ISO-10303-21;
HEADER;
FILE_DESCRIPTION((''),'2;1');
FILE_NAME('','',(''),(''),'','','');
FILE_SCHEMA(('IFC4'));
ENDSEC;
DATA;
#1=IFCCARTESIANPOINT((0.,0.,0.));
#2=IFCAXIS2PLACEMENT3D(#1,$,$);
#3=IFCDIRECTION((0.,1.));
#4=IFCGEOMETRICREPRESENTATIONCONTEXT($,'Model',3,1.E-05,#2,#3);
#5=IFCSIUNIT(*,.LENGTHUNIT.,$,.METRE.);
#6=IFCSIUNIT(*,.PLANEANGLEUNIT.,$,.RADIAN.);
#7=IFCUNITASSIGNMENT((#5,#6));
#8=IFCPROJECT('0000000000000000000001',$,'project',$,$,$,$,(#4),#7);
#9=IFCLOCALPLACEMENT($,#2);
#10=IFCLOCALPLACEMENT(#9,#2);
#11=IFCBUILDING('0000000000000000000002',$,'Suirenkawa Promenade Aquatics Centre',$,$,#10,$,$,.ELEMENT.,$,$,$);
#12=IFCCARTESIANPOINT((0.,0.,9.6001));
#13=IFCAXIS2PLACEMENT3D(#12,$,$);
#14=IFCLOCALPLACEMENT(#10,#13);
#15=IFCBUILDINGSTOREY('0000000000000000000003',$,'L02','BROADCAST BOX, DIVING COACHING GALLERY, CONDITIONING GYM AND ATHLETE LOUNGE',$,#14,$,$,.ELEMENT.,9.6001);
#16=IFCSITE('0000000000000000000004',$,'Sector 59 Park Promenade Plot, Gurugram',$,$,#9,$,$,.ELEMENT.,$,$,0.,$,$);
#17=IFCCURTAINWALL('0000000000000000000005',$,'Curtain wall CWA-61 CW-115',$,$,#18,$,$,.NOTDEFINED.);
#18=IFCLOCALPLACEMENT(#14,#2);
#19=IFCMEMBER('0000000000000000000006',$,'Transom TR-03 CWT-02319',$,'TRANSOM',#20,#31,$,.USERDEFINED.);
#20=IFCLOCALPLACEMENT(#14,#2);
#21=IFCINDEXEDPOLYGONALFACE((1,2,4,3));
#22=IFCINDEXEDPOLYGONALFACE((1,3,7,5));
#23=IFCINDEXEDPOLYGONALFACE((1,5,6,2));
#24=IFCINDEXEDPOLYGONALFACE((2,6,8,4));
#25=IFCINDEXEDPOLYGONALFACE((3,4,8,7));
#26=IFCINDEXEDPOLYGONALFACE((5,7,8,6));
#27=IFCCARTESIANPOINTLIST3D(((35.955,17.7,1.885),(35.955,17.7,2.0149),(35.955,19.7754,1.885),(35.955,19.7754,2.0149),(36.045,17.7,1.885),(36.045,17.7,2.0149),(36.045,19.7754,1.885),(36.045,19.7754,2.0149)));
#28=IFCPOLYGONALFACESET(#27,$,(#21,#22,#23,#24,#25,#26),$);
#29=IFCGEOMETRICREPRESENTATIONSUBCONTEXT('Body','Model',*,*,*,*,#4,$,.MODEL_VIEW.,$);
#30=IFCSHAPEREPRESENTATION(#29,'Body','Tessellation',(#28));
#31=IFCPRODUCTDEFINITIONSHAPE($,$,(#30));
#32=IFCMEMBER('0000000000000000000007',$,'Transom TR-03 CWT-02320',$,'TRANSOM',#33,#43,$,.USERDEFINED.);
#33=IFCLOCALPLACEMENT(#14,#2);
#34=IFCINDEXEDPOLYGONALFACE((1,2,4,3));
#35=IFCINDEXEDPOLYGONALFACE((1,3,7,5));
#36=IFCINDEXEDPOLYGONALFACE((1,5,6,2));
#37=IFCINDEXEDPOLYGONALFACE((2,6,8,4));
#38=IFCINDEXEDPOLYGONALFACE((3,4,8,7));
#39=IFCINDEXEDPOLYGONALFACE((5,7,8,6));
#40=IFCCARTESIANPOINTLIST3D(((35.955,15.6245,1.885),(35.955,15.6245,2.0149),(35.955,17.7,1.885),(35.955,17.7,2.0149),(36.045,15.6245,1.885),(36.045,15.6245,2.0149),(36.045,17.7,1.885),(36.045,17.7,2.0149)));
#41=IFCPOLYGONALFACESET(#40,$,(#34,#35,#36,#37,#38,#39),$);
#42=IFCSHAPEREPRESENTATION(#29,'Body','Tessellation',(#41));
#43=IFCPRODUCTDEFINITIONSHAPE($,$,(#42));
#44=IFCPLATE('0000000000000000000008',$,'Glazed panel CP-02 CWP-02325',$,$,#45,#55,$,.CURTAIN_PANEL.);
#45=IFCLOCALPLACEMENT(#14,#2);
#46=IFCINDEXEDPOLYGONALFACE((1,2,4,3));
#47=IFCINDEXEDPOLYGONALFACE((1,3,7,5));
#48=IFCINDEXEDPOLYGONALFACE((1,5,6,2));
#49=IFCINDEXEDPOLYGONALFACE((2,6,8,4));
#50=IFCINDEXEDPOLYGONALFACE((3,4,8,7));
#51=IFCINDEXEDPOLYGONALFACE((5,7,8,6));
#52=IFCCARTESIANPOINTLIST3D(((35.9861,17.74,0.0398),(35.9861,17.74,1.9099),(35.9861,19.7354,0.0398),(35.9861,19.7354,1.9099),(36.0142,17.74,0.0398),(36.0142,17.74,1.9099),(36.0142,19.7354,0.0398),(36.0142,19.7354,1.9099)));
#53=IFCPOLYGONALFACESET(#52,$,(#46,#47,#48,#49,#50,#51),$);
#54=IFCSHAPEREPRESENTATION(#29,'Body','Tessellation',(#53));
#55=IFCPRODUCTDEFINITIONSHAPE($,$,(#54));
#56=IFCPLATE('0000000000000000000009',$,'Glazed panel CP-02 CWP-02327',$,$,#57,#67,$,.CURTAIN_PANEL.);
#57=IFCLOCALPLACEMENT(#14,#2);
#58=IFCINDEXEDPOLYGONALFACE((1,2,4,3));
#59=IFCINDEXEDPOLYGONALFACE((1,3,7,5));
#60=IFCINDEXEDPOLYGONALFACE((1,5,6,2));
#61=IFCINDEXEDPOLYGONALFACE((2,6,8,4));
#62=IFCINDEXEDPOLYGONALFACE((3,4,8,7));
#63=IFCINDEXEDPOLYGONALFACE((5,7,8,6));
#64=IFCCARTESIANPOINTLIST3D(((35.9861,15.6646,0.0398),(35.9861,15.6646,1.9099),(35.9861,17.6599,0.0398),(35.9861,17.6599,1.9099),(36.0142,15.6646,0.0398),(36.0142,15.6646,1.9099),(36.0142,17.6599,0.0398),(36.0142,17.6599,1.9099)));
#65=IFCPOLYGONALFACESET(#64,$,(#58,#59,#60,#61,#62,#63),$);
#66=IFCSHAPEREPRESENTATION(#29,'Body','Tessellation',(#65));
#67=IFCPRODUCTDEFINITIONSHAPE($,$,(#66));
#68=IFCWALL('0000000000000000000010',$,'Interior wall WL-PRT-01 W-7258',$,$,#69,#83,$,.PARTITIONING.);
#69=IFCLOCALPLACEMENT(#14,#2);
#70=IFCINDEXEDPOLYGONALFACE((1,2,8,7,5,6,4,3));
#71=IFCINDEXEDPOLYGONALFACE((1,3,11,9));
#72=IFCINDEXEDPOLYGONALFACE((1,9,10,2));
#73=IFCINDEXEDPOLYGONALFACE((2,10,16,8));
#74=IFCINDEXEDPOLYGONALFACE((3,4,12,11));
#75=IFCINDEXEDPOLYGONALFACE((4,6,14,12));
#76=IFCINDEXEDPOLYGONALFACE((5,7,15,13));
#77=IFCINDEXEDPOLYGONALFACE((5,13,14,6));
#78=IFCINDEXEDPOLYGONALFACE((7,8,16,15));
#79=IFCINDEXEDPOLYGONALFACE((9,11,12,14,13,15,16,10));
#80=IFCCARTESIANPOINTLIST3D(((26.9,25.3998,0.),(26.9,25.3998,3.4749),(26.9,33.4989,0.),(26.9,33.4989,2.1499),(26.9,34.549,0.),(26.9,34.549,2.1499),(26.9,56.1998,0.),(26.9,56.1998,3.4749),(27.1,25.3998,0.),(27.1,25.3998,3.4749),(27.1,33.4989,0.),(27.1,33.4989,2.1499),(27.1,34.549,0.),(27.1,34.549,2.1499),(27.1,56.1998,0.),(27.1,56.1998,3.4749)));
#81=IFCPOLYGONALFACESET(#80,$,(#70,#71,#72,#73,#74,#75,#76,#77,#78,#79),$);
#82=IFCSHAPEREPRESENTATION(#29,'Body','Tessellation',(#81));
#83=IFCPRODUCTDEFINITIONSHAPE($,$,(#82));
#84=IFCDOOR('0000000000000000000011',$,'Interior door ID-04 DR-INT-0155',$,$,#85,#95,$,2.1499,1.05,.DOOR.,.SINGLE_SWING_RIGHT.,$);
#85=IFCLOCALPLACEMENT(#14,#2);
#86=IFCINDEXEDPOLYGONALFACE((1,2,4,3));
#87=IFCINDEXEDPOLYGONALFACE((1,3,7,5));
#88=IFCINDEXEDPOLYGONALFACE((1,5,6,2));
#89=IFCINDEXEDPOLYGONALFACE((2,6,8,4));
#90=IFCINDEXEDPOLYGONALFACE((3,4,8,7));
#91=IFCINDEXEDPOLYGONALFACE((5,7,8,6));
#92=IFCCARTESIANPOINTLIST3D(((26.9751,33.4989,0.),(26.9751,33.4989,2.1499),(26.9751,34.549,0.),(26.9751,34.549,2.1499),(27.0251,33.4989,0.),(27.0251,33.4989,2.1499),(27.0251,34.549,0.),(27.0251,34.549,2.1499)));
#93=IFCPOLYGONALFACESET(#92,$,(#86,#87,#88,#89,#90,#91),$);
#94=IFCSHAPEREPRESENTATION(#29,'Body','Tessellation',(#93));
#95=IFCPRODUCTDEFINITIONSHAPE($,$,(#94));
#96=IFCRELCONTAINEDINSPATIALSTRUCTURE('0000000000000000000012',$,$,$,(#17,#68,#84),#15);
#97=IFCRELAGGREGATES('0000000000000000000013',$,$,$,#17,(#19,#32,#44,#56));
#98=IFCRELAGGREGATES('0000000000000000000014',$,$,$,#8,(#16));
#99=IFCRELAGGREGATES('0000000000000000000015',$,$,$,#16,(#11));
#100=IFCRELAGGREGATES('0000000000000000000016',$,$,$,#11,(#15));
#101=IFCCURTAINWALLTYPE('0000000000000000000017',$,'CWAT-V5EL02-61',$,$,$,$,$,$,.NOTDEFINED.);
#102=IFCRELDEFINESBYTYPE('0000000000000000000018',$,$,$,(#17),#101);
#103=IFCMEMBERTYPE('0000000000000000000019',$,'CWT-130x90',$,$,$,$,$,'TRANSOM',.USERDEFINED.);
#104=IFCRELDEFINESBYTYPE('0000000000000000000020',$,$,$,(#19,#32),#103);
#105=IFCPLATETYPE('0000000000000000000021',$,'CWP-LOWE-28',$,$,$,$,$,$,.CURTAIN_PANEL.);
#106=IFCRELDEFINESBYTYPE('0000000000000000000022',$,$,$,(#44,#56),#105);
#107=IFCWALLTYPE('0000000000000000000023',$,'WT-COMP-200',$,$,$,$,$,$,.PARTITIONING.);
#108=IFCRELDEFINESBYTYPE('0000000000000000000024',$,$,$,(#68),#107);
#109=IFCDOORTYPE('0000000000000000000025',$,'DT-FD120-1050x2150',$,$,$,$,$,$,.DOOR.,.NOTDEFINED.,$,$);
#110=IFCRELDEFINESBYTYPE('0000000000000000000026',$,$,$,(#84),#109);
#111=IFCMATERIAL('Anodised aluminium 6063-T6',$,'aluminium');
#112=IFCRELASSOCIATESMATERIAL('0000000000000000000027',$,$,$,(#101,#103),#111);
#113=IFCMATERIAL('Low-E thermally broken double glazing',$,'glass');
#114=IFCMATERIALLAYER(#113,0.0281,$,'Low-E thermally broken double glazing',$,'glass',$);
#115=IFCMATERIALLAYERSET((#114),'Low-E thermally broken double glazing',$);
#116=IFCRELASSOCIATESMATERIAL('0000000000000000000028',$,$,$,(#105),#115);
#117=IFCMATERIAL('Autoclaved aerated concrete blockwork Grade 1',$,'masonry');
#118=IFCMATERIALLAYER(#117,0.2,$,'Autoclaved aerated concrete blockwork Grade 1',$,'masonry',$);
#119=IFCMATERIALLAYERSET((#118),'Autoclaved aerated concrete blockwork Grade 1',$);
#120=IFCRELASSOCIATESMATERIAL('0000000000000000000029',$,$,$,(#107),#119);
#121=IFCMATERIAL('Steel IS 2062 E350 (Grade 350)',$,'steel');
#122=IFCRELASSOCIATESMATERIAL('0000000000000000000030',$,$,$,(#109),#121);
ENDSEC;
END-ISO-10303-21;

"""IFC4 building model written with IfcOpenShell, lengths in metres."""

from ifc_helpers import new_model, si_unit, direction, frame, frame_2d, origin, origin_2d, place, context, subcontext, project, spatial, polyline, rectangle, outline, extrude, material, layer, layer_set, material_profile, profile_set, type_object, element, fill, aggregate, save


model = new_model("IFC4")

# Units and contexts
model_context = context("Model", 3, precision=1e-05, world=origin(), true_north=direction((0.0, 1.0)))
body_context = subcontext(model_context, "Body", "Model", "MODEL_VIEW")
ifc_project = project(units=[si_unit("LENGTHUNIT", "METRE"), si_unit("PLANEANGLEUNIT", "RADIAN")], contexts=[model_context])

# Site, building, storey
site_placement = place(None, origin())
site = spatial("IfcSite", under=ifc_project, at=site_placement, Name="Sector 59 Park Promenade Plot, Gurugram", CompositionType="ELEMENT", RefElevation=0.0)
building_placement = place(site_placement, origin())
building = spatial("IfcBuilding", under=site, at=building_placement, Name="Suirenkawa Promenade Aquatics Centre", CompositionType="ELEMENT")
storey_placement = place(building_placement, frame((0.0, 0.0, 9.6001)))
storey = spatial("IfcBuildingStorey", under=building, at=storey_placement, Name="L02", Description="BROADCAST BOX, DIVING COACHING GALLERY, CONDITIONING GYM AND ATHLETE LOUNGE", CompositionType="ELEMENT", Elevation=9.6001)

# Shared definitions
ifc_material_1 = material(Name="Steel IS 2062 E350 (Grade 350)", Category="steel")

# Curtain wall, members, plates
ifc_material_2 = material(Name="Anodised aluminium 6063-T6", Category="aluminium")
curtain_wall_type = type_object("IfcCurtainWallType", Name="CWAT-V5EL02-61", PredefinedType="NOTDEFINED", material=ifc_material_2)
curtain_wall_placement = place(storey_placement, origin())
curtain_wall = element("IfcCurtainWall", 1, at=curtain_wall_placement, inside=storey, type_object=curtain_wall_type, Name="Curtain wall CWA-61 CW-115", PredefinedType="NOTDEFINED")
ifc_material_profile_1 = material_profile(ifc_material_2, rectangle(XDim=0.0901, YDim=0.1299, at=origin_2d()), Name="ALU TRAN 90x130", Category="aluminium")
ifc_profile_set_1 = profile_set([ifc_material_profile_1], Name="Anodised aluminium 6063-T6")
member_type_1 = type_object("IfcMemberType", Name="CWT-130x90", ElementType="TRANSOM", PredefinedType="USERDEFINED", material=ifc_profile_set_1)
member_1_placement = place(storey_placement, frame((36.0, 19.7754, 1.95), z_axis=(0.0, -1.0, 0.0), x_axis=(1.0, 0.0, 0.0)))
member_1 = element("IfcMember", 2, at=member_1_placement, type_object=member_type_1, Name="Transom TR-03 CWT-02319", ObjectType="TRANSOM", PredefinedType="USERDEFINED", context=body_context, shape_type="SweptSolid", body=[
    extrude(rectangle(XDim=0.0901, YDim=0.1299, at=origin_2d()), origin(), (0.0, 0.0, 1.0), 2.0754),
])
member_2_placement = place(storey_placement, frame((36.0, 17.7, 1.95), z_axis=(0.0, -1.0, 0.0), x_axis=(1.0, 0.0, 0.0)))
member_2 = element("IfcMember", 3, at=member_2_placement, type_object=member_type_1, Name="Transom TR-03 CWT-02320", ObjectType="TRANSOM", PredefinedType="USERDEFINED", context=body_context, shape_type="SweptSolid", body=[
    extrude(rectangle(XDim=0.0901, YDim=0.1299, at=origin_2d()), origin(), (0.0, 0.0, 1.0), 2.0754),
])
ifc_material_3 = material(Name="Low-E thermally broken double glazing", Category="glass")
ifc_layer_1 = layer(ifc_material_3, 0.0281, Name="Low-E thermally broken double glazing", Category="glass")
ifc_layer_set_1 = layer_set([ifc_layer_1], Name="Low-E thermally broken double glazing")
plate_type = type_object("IfcPlateType", Name="CWP-LOWE-28", PredefinedType="CURTAIN_PANEL", material=ifc_layer_set_1)
plate_1_placement = place(storey_placement, frame((36.0, 19.7754, 0.0398), z_axis=(0.0, 0.0, 1.0), x_axis=(0.0, -1.0, 0.0)))
plate_1 = element("IfcPlate", 4, at=plate_1_placement, type_object=plate_type, Name="Glazed panel CP-02 CWP-02325", PredefinedType="CURTAIN_PANEL", context=body_context, shape_type="SweptSolid", body=[
    extrude(outline(polyline([(0.04, 0.0), (2.0354, 0.0), (2.0354, 1.8701), (0.04, 1.8701), (0.04, 0.0)])), frame((0.0, 0.0142, 0.0), z_axis=(0.0, -1.0, 0.0), x_axis=(1.0, 0.0, 0.0)), (0.0, 0.0, 1.0), 0.0281),
])
plate_2_placement = place(storey_placement, frame((36.0, 17.7, 0.0398), z_axis=(0.0, 0.0, 1.0), x_axis=(0.0, -1.0, 0.0)))
plate_2 = element("IfcPlate", 5, at=plate_2_placement, type_object=plate_type, Name="Glazed panel CP-02 CWP-02327", PredefinedType="CURTAIN_PANEL", context=body_context, shape_type="SweptSolid", body=[
    extrude(outline(polyline([(0.04, 0.0), (2.0354, 0.0), (2.0354, 1.8701), (0.04, 1.8701), (0.04, 0.0)])), frame((0.0, 0.0142, 0.0), z_axis=(0.0, -1.0, 0.0), x_axis=(1.0, 0.0, 0.0)), (0.0, 0.0, 1.0), 0.0281),
])
aggregate(curtain_wall, [member_1, member_2, plate_1, plate_2])

# Wall, opening, door
ifc_material_4 = material(Name="Autoclaved aerated concrete blockwork Grade 1", Category="masonry")
ifc_layer_2 = layer(ifc_material_4, 0.2, Name="Autoclaved aerated concrete blockwork Grade 1", Category="masonry")
ifc_layer_set_2 = layer_set([ifc_layer_2], Name="Autoclaved aerated concrete blockwork Grade 1")
wall_type = type_object("IfcWallType", Name="WT-COMP-200", PredefinedType="PARTITIONING", material=ifc_layer_set_2)
wall_placement = place(storey_placement, frame((27.0, 25.3999, 0.0), z_axis=(0.0, 0.0, 1.0), x_axis=(0.0, 1.0, 0.0)))
wall = element("IfcWall", 6, at=wall_placement, inside=storey, type_object=wall_type, Name="Interior wall WL-PRT-01 W-7258", PredefinedType="PARTITIONING", context=body_context, shape_type="SweptSolid", body=[
    extrude(rectangle(XDim=30.8, YDim=0.2, at=frame_2d((15.3999, 0.0))), origin(), (0.0, 0.0, 1.0), 3.4749),
])
opening_placement = place(wall_placement, frame((8.0991, 0.0, 0.0)))
opening = element("IfcOpeningElement", 7, at=opening_placement, cuts=wall, PredefinedType="OPENING", context=body_context, shape_type="SweptSolid", body=[
    extrude(rectangle(XDim=1.05, YDim=2.1499, at=frame_2d((0.5249, 1.075))), frame((0.0, 0.1099, 0.0), z_axis=(0.0, -1.0, 0.0), x_axis=(1.0, 0.0, 0.0)), (0.0, 0.0, 1.0), 0.22),
])
door_type = type_object("IfcDoorType", Name="DT-FD120-1050x2150", OperationType="NOTDEFINED", PredefinedType="DOOR", material=ifc_material_1)
door_placement = place(opening_placement, origin())
door = element("IfcDoor", 8, at=door_placement, inside=storey, type_object=door_type, Name="Interior door ID-04 DR-INT-0155", OperationType="SINGLE_SWING_RIGHT", OverallHeight=2.1499, OverallWidth=1.05, PredefinedType="DOOR", context=body_context, shape_type="SweptSolid", body=[
    extrude(rectangle(XDim=1.05, YDim=2.1499, at=frame_2d((0.5249, 1.075))), frame((0.0, 0.0249, 0.0), z_axis=(0.0, -1.0, 0.0), x_axis=(1.0, 0.0, 0.0)), (0.0, 0.0, 1.0), 0.05),
])
fill(opening, door)

save(model, "model.ifc")
